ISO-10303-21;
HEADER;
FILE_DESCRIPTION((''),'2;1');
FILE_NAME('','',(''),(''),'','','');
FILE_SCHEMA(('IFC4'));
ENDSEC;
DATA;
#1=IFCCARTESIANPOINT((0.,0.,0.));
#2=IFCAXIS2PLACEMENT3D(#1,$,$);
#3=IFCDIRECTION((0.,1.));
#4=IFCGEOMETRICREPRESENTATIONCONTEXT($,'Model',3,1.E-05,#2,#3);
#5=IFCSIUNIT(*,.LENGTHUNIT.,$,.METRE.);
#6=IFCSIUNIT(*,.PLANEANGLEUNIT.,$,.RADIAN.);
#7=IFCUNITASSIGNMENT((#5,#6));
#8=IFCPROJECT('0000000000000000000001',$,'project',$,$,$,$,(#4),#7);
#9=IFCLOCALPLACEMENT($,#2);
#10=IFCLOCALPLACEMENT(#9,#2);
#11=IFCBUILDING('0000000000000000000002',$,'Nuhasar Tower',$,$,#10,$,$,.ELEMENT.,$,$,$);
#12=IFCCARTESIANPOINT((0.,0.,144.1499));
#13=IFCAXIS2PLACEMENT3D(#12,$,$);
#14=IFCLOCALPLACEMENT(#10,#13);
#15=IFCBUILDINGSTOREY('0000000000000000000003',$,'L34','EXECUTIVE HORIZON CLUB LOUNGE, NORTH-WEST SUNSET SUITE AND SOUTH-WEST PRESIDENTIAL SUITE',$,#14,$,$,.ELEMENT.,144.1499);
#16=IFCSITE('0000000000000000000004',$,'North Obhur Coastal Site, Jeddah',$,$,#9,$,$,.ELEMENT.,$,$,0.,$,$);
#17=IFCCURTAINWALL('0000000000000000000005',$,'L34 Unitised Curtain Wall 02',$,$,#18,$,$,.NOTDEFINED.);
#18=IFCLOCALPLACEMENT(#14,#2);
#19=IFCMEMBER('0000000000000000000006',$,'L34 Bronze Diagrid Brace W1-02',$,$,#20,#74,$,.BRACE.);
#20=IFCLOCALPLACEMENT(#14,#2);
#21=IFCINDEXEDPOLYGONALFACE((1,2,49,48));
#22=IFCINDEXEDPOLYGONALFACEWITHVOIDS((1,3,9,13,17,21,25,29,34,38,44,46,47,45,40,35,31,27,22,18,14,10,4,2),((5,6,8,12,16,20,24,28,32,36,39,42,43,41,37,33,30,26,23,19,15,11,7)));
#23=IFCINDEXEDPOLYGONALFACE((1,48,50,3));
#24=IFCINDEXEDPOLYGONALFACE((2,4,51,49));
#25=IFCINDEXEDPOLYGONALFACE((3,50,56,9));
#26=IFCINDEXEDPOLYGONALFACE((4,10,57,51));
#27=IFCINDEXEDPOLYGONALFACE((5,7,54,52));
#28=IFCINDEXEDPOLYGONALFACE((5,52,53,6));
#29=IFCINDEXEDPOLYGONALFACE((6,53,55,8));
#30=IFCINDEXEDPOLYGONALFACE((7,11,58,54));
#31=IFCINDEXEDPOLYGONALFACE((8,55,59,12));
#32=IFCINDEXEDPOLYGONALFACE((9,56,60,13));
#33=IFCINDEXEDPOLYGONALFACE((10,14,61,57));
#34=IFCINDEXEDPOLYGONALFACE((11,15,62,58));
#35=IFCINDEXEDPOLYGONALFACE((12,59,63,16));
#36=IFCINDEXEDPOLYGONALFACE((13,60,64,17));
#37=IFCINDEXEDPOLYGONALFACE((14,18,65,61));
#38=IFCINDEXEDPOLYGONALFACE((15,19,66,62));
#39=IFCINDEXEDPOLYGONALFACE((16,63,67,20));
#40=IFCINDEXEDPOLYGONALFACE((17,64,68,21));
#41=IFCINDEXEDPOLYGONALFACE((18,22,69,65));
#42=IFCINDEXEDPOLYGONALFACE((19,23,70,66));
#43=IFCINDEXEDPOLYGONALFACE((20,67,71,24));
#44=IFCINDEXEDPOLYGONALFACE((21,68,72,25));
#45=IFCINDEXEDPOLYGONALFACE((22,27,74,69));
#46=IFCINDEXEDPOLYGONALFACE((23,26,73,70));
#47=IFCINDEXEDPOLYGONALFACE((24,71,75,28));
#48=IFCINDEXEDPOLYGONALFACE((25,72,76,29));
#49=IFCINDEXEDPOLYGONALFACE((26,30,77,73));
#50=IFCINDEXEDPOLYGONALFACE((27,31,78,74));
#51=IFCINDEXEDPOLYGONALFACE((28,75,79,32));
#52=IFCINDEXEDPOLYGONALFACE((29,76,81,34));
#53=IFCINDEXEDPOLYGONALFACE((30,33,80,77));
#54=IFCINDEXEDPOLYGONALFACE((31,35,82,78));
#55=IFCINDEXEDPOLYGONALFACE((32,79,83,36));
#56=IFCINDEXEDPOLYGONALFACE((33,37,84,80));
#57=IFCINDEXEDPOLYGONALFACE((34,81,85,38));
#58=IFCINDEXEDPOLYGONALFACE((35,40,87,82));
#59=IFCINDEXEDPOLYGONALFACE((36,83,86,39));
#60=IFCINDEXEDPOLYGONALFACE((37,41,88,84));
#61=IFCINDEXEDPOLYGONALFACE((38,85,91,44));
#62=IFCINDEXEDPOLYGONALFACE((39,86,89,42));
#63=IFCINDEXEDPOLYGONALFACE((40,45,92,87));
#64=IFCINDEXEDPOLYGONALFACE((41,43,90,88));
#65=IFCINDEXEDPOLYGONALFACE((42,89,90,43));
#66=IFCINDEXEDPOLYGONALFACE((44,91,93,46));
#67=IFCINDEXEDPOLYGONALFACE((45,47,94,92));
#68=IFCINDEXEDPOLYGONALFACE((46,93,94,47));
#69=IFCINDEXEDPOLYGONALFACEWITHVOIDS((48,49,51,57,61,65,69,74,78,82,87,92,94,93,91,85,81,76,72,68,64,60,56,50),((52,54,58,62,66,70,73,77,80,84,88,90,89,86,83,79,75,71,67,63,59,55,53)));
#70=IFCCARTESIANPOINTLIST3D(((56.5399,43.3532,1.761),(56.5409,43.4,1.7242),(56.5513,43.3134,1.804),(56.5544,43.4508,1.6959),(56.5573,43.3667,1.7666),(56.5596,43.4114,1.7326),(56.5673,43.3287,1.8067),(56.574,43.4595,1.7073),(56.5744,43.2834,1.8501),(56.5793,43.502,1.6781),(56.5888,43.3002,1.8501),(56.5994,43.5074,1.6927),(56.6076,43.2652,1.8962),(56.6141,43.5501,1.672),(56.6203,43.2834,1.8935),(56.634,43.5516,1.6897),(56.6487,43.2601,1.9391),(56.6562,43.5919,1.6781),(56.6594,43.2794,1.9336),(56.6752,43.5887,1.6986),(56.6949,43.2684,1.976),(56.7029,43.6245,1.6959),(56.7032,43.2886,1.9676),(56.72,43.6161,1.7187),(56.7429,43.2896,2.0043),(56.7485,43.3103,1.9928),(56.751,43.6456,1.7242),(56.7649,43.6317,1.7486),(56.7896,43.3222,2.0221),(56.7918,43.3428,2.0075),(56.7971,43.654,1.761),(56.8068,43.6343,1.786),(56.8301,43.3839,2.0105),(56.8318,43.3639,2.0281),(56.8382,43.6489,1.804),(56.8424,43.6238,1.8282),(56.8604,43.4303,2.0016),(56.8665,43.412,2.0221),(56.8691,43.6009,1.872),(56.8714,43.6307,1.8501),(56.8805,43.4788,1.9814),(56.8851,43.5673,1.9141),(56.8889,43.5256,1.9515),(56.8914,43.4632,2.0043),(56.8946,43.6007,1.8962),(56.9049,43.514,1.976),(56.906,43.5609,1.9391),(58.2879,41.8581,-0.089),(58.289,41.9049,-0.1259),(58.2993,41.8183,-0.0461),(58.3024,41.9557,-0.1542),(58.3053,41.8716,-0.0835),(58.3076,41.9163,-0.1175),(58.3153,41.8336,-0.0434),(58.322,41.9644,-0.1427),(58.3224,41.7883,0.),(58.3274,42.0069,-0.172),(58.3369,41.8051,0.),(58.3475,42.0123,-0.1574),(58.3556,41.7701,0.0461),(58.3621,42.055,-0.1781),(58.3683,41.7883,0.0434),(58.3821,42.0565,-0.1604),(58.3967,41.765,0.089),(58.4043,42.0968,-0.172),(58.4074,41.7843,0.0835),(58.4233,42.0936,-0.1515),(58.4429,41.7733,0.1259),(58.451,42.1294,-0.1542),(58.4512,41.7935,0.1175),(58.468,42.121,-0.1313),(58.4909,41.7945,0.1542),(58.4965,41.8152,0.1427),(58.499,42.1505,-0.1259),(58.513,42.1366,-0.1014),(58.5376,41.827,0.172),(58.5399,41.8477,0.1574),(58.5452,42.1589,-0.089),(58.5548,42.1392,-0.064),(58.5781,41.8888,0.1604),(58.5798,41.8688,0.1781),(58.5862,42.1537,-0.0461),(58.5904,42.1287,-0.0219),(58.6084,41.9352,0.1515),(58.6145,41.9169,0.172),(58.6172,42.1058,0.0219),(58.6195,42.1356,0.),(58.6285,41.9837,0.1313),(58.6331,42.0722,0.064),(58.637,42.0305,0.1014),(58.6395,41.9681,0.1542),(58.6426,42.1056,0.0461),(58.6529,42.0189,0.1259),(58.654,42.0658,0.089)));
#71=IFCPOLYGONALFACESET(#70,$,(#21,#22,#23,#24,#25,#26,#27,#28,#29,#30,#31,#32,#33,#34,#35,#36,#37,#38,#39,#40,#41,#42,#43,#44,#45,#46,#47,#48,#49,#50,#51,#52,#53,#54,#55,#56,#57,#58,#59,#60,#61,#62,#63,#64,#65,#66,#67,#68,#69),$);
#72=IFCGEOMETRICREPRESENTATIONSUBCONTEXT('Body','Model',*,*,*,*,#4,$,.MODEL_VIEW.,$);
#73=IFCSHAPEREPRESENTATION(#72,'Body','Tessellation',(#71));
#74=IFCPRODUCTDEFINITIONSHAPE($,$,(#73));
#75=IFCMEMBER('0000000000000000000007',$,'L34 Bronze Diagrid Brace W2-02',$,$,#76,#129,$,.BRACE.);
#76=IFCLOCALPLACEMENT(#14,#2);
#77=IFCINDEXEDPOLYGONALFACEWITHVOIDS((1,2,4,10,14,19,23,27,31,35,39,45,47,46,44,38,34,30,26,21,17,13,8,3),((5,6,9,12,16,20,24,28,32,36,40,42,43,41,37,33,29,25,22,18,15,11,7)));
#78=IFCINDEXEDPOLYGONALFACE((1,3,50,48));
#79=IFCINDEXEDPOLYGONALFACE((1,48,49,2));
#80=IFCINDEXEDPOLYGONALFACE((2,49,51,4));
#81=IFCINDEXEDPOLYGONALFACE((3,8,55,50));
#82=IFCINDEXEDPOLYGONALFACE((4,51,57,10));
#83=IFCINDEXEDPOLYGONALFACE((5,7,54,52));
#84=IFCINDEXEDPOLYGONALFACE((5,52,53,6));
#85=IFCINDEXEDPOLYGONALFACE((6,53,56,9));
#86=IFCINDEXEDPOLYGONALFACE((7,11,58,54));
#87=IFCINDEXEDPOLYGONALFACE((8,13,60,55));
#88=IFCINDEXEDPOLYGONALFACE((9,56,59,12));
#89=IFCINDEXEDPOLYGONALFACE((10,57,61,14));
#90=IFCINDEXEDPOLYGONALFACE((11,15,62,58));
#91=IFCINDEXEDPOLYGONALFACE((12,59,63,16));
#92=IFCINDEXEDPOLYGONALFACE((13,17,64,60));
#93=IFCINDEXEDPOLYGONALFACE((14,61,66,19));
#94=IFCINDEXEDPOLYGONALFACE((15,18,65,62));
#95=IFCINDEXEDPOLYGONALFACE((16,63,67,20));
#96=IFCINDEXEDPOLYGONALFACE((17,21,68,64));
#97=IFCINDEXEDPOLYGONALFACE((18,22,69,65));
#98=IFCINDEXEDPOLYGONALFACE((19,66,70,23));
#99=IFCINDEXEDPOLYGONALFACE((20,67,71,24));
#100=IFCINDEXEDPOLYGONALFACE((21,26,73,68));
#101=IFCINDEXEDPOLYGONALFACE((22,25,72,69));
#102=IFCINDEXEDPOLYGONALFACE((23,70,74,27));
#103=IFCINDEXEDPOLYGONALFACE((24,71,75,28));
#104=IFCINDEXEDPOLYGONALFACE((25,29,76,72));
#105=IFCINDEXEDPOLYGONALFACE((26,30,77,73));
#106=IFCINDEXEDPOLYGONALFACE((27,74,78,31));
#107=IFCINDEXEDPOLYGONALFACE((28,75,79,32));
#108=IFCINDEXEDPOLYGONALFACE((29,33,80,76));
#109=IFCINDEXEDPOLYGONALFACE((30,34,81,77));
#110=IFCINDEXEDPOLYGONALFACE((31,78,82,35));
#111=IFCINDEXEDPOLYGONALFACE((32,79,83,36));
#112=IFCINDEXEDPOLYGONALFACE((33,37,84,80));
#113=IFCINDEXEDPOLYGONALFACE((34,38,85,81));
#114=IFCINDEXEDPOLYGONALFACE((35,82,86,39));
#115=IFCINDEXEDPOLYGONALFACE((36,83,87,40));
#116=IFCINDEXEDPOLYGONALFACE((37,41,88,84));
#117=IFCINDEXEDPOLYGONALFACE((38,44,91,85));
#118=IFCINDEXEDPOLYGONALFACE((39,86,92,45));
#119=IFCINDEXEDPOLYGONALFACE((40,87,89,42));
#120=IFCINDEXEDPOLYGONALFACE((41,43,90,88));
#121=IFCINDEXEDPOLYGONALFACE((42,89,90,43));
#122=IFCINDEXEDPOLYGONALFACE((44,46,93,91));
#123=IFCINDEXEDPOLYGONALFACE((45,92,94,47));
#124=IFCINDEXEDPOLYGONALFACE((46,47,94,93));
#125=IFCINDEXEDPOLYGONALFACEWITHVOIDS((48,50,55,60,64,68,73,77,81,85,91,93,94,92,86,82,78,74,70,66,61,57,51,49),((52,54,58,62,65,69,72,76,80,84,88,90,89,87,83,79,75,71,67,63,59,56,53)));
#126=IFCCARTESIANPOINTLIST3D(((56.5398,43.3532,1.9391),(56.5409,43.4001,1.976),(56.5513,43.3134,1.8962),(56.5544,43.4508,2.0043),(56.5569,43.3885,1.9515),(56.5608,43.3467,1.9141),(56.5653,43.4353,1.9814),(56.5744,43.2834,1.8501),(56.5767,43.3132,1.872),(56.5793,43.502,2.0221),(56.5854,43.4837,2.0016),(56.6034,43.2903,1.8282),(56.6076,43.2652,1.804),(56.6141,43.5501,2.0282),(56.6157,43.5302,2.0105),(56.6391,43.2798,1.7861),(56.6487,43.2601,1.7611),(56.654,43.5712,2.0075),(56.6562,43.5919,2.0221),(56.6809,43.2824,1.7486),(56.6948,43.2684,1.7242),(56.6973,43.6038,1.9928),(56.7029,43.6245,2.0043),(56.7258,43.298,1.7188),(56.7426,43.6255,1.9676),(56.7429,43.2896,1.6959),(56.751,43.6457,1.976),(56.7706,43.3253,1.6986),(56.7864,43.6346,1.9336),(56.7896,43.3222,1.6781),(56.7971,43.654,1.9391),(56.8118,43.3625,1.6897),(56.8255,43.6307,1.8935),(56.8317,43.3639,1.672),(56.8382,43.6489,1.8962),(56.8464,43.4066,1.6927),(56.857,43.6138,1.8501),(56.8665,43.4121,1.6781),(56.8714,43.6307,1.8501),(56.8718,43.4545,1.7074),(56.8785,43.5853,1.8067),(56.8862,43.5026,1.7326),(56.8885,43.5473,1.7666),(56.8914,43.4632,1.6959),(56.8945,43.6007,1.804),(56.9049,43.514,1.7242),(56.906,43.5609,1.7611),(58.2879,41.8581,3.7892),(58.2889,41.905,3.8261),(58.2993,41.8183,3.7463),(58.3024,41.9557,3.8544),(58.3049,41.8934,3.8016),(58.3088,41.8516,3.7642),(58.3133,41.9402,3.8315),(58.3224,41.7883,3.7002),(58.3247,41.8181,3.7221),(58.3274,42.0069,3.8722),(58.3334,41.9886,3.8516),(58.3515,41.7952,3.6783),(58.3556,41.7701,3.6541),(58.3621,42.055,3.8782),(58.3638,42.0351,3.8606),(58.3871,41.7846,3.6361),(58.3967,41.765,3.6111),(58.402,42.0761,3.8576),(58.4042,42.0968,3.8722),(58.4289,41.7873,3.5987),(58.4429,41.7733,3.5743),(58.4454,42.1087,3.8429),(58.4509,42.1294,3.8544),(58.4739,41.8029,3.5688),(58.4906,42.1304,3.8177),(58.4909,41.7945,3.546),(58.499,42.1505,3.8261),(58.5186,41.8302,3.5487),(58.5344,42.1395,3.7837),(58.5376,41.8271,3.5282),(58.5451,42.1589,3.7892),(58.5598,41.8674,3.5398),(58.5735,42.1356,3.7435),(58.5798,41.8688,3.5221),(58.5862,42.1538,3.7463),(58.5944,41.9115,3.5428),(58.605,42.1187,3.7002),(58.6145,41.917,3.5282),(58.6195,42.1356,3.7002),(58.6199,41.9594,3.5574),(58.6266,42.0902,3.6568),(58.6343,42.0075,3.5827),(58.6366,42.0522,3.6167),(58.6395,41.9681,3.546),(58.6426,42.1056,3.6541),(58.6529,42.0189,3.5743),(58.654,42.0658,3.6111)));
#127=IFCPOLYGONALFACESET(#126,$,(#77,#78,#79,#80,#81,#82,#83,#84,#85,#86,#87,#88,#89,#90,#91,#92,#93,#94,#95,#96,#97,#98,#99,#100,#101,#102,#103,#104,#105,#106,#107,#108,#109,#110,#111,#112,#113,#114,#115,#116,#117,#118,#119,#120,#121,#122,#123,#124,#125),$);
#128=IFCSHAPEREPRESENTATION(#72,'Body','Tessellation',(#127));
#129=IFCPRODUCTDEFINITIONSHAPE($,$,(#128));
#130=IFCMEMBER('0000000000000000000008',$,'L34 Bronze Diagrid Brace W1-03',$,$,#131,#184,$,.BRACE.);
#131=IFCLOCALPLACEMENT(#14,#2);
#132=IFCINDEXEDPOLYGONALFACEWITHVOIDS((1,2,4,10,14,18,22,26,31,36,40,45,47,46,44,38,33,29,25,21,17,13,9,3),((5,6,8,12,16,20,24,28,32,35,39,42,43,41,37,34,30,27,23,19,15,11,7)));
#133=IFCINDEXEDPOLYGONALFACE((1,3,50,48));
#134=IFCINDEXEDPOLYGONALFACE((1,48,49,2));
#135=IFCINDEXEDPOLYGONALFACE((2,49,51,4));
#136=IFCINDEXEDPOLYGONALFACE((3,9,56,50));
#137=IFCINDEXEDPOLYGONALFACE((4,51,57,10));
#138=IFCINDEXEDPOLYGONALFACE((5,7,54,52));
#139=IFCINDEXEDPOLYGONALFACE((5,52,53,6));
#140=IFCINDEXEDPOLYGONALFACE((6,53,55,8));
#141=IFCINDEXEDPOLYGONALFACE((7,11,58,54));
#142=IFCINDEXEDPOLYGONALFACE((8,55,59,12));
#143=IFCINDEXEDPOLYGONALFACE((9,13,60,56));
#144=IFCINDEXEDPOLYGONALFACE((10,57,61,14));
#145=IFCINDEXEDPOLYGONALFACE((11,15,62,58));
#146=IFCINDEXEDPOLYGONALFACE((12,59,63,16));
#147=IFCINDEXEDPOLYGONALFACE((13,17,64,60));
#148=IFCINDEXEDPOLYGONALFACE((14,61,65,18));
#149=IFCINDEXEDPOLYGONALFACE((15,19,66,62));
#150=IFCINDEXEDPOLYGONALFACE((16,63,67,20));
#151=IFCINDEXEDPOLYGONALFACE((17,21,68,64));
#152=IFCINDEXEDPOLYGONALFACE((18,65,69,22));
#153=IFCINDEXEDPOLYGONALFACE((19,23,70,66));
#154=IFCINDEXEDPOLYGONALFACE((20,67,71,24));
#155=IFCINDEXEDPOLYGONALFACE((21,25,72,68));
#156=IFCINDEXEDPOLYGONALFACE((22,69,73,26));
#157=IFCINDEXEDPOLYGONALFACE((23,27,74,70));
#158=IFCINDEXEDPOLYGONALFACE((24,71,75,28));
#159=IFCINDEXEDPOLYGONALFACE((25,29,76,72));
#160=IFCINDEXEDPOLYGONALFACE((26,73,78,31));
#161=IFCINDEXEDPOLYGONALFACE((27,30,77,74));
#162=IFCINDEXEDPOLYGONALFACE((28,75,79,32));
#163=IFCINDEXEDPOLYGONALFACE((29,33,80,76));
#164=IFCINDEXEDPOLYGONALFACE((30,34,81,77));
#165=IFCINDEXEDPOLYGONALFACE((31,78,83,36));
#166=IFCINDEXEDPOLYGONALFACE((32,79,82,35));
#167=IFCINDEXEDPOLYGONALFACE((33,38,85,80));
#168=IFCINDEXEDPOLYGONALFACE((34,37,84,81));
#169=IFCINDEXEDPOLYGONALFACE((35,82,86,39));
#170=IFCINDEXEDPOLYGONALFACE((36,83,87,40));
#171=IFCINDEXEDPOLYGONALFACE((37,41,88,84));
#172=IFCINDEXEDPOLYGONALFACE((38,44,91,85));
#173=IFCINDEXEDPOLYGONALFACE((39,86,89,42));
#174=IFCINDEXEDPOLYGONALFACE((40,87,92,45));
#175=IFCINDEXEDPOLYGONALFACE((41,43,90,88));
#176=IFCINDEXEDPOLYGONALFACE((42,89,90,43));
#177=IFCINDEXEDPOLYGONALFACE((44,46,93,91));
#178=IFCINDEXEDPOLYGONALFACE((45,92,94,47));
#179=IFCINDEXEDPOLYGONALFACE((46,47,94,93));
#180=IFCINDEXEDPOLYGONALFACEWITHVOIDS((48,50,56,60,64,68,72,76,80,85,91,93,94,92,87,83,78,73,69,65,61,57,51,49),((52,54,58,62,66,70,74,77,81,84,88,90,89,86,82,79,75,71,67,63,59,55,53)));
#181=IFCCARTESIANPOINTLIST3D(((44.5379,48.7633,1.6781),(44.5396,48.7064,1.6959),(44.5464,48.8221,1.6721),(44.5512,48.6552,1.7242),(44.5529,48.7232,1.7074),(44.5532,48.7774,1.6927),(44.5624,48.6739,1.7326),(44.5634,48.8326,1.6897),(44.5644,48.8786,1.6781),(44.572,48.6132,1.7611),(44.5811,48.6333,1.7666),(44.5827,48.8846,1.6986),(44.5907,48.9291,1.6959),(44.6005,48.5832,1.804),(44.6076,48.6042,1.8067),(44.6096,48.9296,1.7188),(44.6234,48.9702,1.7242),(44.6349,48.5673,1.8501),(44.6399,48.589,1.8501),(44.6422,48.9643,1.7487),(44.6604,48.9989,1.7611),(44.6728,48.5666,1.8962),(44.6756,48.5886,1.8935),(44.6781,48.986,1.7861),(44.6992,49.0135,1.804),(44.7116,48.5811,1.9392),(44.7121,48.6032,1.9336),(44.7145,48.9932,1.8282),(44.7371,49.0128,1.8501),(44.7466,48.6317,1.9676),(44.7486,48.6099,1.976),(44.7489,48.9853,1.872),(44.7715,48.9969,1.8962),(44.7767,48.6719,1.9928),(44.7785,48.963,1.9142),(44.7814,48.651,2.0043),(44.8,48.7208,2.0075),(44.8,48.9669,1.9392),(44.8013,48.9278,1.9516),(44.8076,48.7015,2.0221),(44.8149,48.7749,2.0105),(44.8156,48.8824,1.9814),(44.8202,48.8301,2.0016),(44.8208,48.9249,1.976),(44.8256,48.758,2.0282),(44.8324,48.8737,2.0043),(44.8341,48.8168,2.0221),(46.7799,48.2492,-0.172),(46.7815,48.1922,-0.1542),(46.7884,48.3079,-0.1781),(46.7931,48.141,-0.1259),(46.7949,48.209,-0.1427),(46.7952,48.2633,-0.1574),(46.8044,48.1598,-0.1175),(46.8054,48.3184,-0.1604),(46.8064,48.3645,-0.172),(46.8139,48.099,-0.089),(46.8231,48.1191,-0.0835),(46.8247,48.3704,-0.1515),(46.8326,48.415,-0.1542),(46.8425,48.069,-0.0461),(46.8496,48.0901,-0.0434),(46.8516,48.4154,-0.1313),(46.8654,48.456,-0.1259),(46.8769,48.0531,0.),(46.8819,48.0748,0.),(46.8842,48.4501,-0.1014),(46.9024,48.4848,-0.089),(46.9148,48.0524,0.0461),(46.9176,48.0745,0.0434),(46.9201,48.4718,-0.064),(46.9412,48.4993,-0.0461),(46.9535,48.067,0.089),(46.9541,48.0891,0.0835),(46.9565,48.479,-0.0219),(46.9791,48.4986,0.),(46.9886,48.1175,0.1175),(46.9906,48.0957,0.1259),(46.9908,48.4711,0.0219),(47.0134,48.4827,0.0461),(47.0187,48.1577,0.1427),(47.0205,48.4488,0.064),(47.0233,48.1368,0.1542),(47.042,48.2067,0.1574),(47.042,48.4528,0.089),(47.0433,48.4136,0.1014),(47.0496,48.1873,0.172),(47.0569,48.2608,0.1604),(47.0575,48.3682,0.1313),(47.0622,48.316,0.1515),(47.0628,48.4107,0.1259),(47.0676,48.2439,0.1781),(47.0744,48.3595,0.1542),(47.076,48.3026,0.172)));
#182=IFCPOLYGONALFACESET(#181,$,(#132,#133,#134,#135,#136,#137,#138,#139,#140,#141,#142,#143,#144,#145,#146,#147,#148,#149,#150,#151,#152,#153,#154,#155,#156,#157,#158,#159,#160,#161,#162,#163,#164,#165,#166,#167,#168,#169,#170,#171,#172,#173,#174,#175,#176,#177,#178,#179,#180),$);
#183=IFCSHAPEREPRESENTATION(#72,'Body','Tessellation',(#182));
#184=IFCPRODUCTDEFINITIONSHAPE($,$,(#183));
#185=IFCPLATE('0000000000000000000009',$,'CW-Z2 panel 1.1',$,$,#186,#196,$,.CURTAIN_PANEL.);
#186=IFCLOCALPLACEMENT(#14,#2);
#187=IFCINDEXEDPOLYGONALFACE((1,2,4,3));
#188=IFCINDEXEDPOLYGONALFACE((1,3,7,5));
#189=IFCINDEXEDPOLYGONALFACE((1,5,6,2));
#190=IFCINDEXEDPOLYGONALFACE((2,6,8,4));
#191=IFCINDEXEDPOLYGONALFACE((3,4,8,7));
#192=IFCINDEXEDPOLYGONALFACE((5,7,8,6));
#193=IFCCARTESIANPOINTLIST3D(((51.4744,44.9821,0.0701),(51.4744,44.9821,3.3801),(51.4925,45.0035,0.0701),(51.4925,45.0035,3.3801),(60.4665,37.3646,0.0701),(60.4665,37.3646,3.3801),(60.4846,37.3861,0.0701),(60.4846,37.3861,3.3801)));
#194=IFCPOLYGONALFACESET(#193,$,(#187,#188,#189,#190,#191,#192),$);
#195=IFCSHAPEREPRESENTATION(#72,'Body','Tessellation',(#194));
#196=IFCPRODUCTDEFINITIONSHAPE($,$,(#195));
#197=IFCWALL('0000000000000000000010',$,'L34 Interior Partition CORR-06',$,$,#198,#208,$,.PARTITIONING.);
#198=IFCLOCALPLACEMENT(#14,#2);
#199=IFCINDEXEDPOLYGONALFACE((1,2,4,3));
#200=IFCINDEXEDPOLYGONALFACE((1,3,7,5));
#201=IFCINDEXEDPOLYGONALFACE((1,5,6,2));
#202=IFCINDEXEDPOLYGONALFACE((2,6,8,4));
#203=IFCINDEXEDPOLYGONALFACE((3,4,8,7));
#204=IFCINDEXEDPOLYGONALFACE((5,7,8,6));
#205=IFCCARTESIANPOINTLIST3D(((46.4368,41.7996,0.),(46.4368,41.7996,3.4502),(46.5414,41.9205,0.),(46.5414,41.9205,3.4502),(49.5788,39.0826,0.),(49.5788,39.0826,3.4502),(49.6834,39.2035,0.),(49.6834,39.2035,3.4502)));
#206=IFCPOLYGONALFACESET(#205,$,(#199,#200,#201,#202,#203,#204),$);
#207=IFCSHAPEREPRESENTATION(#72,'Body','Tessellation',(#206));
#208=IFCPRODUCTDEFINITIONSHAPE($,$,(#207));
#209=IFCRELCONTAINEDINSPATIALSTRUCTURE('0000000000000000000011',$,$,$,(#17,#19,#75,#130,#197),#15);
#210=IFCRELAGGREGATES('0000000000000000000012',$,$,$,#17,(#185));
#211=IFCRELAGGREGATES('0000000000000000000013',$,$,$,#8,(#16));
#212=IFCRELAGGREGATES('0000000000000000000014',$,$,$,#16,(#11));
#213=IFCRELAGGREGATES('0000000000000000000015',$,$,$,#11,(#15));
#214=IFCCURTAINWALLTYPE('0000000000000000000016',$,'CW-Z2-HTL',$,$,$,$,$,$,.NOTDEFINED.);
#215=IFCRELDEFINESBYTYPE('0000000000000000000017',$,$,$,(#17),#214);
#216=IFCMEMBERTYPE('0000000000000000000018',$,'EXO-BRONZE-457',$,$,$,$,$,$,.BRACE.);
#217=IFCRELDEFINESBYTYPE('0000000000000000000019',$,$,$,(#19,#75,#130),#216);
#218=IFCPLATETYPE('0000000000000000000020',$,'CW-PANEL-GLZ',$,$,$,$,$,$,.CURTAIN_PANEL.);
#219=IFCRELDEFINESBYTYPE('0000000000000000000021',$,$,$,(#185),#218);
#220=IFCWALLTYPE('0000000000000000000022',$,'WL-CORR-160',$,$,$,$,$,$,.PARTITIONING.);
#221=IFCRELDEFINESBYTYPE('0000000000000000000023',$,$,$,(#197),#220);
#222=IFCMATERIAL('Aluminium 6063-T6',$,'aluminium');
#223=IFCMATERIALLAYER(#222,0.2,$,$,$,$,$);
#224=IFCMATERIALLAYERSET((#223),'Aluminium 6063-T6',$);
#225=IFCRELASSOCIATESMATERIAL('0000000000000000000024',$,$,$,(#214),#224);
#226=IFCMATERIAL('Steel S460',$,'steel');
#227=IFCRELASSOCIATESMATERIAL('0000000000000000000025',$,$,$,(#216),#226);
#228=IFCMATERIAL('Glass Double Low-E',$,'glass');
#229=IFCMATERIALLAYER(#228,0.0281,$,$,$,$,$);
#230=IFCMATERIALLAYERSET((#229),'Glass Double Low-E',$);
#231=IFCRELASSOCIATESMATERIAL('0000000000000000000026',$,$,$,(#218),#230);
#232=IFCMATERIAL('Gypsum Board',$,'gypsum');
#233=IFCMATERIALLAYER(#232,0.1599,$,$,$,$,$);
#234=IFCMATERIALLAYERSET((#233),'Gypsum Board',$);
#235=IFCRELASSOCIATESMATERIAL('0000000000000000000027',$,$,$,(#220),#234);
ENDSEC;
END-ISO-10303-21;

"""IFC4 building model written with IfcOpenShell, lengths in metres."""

from ifc_helpers import new_model, si_unit, direction, frame, frame_2d, origin, origin_2d, place, context, subcontext, project, spatial, rectangle, hollow_circle, extrude, material, layer, layer_set, material_profile, profile_set, type_object, element, aggregate, save


model = new_model("IFC4")

# Units and contexts
model_context = context("Model", 3, precision=1e-05, world=origin(), true_north=direction((0.0, 1.0)))
body_context = subcontext(model_context, "Body", "Model", "MODEL_VIEW")
ifc_project = project(units=[si_unit("LENGTHUNIT", "METRE"), si_unit("PLANEANGLEUNIT", "RADIAN")], contexts=[model_context])

# Site, building, storey
site_placement = place(None, origin())
site = spatial("IfcSite", under=ifc_project, at=site_placement, Name="North Obhur Coastal Site, Jeddah", CompositionType="ELEMENT", RefElevation=0.0)
building_placement = place(site_placement, origin())
building = spatial("IfcBuilding", under=site, at=building_placement, Name="Nuhasar Tower", CompositionType="ELEMENT")
storey_placement = place(building_placement, frame((0.0, 0.0, 144.1499)))
storey = spatial("IfcBuildingStorey", under=building, at=storey_placement, Name="L34", Description="EXECUTIVE HORIZON CLUB LOUNGE, NORTH-WEST SUNSET SUITE AND SOUTH-WEST PRESIDENTIAL SUITE", CompositionType="ELEMENT", Elevation=144.1499)

# Shared definitions
ifc_material_1 = material(Name="Aluminium 6063-T6", Category="aluminium")
ifc_layer_1 = layer(ifc_material_1, 0.2)
ifc_layer_set_1 = layer_set([ifc_layer_1], Name="Aluminium 6063-T6")
curtain_wall_type = type_object("IfcCurtainWallType", Name="CW-Z2-HTL", PredefinedType="NOTDEFINED", material=ifc_layer_set_1)

# Curtain wall
curtain_wall_1_placement = place(storey_placement, origin())
curtain_wall_1 = element("IfcCurtainWall", 1, at=curtain_wall_1_placement, inside=storey, type_object=curtain_wall_type, Name="L34 Unitised Curtain Wall 02", PredefinedType="NOTDEFINED")

# Members
ifc_material_2 = material(Name="Steel S460", Category="steel")
ifc_material_profile_1 = material_profile(ifc_material_2, hollow_circle(Radius=0.2285, WallThickness=0.0222, at=origin_2d()), Name="HSS457X22.2")
ifc_profile_set_1 = profile_set([ifc_material_profile_1], Name="Steel S460")
member_type_1 = type_object("IfcMemberType", Name="EXO-BRONZE-457", PredefinedType="BRACE", material=ifc_profile_set_1)
for number, where, z_axis, x_axis, name in (
    (2, (58.4709, 41.9619, 0.0), (-0.59217, 0.506488, 0.626741), (-0.649987, -0.759945, 0.0), "L34 Bronze Diagrid Brace W1-02"),
    (3, (56.7229, 43.457, 1.8501), (0.59217, -0.506488, 0.626741), (0.649987, 0.759945, 0.0), "L34 Bronze Diagrid Brace W2-02"),
    (4, (46.928, 48.2759, 0.0), (-0.7595, 0.174181, 0.626755), (-0.223534, -0.974696, 0.0), "L34 Bronze Diagrid Brace W1-03"),
):
    element("IfcMember", number, at=place(storey_placement, frame(where, z_axis=z_axis, x_axis=x_axis)), inside=storey, type_object=member_type_1, Name=name, PredefinedType="BRACE", context=body_context, shape_type="SweptSolid", body=[
        extrude(hollow_circle(Radius=0.2285, WallThickness=0.0222, at=origin_2d()), origin(), (0.0, 0.0, 1.0), 2.9519),
    ])

# Plate
ifc_material_3 = material(Name="Glass Double Low-E", Category="glass")
ifc_layer_2 = layer(ifc_material_3, 0.0281)
ifc_layer_set_2 = layer_set([ifc_layer_2], Name="Glass Double Low-E")
plate_type = type_object("IfcPlateType", Name="CW-PANEL-GLZ", PredefinedType="CURTAIN_PANEL", material=ifc_layer_set_2)
plate_placement = place(storey_placement, frame((55.9795, 41.1841, 0.0701), z_axis=(0.0, 0.0, 1.0), x_axis=(-0.76302, 0.646374, 0.0)))
plate = element("IfcPlate", 5, at=plate_placement, type_object=plate_type, Name="CW-Z2 panel 1.1", PredefinedType="CURTAIN_PANEL", context=body_context, shape_type="SweptSolid", body=[
    extrude(rectangle(XDim=11.7849, YDim=0.0281, at=origin_2d()), origin(), (0.0, 0.0, 1.0), 3.3101),
])
aggregate(curtain_wall_1, [plate])

# Shared definitions
ifc_material_4 = material(Name="Gypsum Board", Category="gypsum")
ifc_layer_3 = layer(ifc_material_4, 0.1599)
ifc_layer_set_3 = layer_set([ifc_layer_3], Name="Gypsum Board")
wall_type = type_object("IfcWallType", Name="WL-CORR-160", PredefinedType="PARTITIONING", material=ifc_layer_set_3)

# Wall
wall_1_placement = place(storey_placement, frame((49.6311, 39.1431, 0.0), z_axis=(0.0, 0.0, 1.0), x_axis=(-0.756416, 0.654091, 0.0)))
element("IfcWall", 6, at=wall_1_placement, inside=storey, type_object=wall_type, Name="L34 Interior Partition CORR-06", PredefinedType="PARTITIONING", context=body_context, shape_type="SweptSolid", body=[
    extrude(rectangle(XDim=4.1538, YDim=0.1599, at=frame_2d((2.0769, 0.0))), origin(), (0.0, 0.0, 1.0), 3.4502),
])

save(model, "model.ifc")
